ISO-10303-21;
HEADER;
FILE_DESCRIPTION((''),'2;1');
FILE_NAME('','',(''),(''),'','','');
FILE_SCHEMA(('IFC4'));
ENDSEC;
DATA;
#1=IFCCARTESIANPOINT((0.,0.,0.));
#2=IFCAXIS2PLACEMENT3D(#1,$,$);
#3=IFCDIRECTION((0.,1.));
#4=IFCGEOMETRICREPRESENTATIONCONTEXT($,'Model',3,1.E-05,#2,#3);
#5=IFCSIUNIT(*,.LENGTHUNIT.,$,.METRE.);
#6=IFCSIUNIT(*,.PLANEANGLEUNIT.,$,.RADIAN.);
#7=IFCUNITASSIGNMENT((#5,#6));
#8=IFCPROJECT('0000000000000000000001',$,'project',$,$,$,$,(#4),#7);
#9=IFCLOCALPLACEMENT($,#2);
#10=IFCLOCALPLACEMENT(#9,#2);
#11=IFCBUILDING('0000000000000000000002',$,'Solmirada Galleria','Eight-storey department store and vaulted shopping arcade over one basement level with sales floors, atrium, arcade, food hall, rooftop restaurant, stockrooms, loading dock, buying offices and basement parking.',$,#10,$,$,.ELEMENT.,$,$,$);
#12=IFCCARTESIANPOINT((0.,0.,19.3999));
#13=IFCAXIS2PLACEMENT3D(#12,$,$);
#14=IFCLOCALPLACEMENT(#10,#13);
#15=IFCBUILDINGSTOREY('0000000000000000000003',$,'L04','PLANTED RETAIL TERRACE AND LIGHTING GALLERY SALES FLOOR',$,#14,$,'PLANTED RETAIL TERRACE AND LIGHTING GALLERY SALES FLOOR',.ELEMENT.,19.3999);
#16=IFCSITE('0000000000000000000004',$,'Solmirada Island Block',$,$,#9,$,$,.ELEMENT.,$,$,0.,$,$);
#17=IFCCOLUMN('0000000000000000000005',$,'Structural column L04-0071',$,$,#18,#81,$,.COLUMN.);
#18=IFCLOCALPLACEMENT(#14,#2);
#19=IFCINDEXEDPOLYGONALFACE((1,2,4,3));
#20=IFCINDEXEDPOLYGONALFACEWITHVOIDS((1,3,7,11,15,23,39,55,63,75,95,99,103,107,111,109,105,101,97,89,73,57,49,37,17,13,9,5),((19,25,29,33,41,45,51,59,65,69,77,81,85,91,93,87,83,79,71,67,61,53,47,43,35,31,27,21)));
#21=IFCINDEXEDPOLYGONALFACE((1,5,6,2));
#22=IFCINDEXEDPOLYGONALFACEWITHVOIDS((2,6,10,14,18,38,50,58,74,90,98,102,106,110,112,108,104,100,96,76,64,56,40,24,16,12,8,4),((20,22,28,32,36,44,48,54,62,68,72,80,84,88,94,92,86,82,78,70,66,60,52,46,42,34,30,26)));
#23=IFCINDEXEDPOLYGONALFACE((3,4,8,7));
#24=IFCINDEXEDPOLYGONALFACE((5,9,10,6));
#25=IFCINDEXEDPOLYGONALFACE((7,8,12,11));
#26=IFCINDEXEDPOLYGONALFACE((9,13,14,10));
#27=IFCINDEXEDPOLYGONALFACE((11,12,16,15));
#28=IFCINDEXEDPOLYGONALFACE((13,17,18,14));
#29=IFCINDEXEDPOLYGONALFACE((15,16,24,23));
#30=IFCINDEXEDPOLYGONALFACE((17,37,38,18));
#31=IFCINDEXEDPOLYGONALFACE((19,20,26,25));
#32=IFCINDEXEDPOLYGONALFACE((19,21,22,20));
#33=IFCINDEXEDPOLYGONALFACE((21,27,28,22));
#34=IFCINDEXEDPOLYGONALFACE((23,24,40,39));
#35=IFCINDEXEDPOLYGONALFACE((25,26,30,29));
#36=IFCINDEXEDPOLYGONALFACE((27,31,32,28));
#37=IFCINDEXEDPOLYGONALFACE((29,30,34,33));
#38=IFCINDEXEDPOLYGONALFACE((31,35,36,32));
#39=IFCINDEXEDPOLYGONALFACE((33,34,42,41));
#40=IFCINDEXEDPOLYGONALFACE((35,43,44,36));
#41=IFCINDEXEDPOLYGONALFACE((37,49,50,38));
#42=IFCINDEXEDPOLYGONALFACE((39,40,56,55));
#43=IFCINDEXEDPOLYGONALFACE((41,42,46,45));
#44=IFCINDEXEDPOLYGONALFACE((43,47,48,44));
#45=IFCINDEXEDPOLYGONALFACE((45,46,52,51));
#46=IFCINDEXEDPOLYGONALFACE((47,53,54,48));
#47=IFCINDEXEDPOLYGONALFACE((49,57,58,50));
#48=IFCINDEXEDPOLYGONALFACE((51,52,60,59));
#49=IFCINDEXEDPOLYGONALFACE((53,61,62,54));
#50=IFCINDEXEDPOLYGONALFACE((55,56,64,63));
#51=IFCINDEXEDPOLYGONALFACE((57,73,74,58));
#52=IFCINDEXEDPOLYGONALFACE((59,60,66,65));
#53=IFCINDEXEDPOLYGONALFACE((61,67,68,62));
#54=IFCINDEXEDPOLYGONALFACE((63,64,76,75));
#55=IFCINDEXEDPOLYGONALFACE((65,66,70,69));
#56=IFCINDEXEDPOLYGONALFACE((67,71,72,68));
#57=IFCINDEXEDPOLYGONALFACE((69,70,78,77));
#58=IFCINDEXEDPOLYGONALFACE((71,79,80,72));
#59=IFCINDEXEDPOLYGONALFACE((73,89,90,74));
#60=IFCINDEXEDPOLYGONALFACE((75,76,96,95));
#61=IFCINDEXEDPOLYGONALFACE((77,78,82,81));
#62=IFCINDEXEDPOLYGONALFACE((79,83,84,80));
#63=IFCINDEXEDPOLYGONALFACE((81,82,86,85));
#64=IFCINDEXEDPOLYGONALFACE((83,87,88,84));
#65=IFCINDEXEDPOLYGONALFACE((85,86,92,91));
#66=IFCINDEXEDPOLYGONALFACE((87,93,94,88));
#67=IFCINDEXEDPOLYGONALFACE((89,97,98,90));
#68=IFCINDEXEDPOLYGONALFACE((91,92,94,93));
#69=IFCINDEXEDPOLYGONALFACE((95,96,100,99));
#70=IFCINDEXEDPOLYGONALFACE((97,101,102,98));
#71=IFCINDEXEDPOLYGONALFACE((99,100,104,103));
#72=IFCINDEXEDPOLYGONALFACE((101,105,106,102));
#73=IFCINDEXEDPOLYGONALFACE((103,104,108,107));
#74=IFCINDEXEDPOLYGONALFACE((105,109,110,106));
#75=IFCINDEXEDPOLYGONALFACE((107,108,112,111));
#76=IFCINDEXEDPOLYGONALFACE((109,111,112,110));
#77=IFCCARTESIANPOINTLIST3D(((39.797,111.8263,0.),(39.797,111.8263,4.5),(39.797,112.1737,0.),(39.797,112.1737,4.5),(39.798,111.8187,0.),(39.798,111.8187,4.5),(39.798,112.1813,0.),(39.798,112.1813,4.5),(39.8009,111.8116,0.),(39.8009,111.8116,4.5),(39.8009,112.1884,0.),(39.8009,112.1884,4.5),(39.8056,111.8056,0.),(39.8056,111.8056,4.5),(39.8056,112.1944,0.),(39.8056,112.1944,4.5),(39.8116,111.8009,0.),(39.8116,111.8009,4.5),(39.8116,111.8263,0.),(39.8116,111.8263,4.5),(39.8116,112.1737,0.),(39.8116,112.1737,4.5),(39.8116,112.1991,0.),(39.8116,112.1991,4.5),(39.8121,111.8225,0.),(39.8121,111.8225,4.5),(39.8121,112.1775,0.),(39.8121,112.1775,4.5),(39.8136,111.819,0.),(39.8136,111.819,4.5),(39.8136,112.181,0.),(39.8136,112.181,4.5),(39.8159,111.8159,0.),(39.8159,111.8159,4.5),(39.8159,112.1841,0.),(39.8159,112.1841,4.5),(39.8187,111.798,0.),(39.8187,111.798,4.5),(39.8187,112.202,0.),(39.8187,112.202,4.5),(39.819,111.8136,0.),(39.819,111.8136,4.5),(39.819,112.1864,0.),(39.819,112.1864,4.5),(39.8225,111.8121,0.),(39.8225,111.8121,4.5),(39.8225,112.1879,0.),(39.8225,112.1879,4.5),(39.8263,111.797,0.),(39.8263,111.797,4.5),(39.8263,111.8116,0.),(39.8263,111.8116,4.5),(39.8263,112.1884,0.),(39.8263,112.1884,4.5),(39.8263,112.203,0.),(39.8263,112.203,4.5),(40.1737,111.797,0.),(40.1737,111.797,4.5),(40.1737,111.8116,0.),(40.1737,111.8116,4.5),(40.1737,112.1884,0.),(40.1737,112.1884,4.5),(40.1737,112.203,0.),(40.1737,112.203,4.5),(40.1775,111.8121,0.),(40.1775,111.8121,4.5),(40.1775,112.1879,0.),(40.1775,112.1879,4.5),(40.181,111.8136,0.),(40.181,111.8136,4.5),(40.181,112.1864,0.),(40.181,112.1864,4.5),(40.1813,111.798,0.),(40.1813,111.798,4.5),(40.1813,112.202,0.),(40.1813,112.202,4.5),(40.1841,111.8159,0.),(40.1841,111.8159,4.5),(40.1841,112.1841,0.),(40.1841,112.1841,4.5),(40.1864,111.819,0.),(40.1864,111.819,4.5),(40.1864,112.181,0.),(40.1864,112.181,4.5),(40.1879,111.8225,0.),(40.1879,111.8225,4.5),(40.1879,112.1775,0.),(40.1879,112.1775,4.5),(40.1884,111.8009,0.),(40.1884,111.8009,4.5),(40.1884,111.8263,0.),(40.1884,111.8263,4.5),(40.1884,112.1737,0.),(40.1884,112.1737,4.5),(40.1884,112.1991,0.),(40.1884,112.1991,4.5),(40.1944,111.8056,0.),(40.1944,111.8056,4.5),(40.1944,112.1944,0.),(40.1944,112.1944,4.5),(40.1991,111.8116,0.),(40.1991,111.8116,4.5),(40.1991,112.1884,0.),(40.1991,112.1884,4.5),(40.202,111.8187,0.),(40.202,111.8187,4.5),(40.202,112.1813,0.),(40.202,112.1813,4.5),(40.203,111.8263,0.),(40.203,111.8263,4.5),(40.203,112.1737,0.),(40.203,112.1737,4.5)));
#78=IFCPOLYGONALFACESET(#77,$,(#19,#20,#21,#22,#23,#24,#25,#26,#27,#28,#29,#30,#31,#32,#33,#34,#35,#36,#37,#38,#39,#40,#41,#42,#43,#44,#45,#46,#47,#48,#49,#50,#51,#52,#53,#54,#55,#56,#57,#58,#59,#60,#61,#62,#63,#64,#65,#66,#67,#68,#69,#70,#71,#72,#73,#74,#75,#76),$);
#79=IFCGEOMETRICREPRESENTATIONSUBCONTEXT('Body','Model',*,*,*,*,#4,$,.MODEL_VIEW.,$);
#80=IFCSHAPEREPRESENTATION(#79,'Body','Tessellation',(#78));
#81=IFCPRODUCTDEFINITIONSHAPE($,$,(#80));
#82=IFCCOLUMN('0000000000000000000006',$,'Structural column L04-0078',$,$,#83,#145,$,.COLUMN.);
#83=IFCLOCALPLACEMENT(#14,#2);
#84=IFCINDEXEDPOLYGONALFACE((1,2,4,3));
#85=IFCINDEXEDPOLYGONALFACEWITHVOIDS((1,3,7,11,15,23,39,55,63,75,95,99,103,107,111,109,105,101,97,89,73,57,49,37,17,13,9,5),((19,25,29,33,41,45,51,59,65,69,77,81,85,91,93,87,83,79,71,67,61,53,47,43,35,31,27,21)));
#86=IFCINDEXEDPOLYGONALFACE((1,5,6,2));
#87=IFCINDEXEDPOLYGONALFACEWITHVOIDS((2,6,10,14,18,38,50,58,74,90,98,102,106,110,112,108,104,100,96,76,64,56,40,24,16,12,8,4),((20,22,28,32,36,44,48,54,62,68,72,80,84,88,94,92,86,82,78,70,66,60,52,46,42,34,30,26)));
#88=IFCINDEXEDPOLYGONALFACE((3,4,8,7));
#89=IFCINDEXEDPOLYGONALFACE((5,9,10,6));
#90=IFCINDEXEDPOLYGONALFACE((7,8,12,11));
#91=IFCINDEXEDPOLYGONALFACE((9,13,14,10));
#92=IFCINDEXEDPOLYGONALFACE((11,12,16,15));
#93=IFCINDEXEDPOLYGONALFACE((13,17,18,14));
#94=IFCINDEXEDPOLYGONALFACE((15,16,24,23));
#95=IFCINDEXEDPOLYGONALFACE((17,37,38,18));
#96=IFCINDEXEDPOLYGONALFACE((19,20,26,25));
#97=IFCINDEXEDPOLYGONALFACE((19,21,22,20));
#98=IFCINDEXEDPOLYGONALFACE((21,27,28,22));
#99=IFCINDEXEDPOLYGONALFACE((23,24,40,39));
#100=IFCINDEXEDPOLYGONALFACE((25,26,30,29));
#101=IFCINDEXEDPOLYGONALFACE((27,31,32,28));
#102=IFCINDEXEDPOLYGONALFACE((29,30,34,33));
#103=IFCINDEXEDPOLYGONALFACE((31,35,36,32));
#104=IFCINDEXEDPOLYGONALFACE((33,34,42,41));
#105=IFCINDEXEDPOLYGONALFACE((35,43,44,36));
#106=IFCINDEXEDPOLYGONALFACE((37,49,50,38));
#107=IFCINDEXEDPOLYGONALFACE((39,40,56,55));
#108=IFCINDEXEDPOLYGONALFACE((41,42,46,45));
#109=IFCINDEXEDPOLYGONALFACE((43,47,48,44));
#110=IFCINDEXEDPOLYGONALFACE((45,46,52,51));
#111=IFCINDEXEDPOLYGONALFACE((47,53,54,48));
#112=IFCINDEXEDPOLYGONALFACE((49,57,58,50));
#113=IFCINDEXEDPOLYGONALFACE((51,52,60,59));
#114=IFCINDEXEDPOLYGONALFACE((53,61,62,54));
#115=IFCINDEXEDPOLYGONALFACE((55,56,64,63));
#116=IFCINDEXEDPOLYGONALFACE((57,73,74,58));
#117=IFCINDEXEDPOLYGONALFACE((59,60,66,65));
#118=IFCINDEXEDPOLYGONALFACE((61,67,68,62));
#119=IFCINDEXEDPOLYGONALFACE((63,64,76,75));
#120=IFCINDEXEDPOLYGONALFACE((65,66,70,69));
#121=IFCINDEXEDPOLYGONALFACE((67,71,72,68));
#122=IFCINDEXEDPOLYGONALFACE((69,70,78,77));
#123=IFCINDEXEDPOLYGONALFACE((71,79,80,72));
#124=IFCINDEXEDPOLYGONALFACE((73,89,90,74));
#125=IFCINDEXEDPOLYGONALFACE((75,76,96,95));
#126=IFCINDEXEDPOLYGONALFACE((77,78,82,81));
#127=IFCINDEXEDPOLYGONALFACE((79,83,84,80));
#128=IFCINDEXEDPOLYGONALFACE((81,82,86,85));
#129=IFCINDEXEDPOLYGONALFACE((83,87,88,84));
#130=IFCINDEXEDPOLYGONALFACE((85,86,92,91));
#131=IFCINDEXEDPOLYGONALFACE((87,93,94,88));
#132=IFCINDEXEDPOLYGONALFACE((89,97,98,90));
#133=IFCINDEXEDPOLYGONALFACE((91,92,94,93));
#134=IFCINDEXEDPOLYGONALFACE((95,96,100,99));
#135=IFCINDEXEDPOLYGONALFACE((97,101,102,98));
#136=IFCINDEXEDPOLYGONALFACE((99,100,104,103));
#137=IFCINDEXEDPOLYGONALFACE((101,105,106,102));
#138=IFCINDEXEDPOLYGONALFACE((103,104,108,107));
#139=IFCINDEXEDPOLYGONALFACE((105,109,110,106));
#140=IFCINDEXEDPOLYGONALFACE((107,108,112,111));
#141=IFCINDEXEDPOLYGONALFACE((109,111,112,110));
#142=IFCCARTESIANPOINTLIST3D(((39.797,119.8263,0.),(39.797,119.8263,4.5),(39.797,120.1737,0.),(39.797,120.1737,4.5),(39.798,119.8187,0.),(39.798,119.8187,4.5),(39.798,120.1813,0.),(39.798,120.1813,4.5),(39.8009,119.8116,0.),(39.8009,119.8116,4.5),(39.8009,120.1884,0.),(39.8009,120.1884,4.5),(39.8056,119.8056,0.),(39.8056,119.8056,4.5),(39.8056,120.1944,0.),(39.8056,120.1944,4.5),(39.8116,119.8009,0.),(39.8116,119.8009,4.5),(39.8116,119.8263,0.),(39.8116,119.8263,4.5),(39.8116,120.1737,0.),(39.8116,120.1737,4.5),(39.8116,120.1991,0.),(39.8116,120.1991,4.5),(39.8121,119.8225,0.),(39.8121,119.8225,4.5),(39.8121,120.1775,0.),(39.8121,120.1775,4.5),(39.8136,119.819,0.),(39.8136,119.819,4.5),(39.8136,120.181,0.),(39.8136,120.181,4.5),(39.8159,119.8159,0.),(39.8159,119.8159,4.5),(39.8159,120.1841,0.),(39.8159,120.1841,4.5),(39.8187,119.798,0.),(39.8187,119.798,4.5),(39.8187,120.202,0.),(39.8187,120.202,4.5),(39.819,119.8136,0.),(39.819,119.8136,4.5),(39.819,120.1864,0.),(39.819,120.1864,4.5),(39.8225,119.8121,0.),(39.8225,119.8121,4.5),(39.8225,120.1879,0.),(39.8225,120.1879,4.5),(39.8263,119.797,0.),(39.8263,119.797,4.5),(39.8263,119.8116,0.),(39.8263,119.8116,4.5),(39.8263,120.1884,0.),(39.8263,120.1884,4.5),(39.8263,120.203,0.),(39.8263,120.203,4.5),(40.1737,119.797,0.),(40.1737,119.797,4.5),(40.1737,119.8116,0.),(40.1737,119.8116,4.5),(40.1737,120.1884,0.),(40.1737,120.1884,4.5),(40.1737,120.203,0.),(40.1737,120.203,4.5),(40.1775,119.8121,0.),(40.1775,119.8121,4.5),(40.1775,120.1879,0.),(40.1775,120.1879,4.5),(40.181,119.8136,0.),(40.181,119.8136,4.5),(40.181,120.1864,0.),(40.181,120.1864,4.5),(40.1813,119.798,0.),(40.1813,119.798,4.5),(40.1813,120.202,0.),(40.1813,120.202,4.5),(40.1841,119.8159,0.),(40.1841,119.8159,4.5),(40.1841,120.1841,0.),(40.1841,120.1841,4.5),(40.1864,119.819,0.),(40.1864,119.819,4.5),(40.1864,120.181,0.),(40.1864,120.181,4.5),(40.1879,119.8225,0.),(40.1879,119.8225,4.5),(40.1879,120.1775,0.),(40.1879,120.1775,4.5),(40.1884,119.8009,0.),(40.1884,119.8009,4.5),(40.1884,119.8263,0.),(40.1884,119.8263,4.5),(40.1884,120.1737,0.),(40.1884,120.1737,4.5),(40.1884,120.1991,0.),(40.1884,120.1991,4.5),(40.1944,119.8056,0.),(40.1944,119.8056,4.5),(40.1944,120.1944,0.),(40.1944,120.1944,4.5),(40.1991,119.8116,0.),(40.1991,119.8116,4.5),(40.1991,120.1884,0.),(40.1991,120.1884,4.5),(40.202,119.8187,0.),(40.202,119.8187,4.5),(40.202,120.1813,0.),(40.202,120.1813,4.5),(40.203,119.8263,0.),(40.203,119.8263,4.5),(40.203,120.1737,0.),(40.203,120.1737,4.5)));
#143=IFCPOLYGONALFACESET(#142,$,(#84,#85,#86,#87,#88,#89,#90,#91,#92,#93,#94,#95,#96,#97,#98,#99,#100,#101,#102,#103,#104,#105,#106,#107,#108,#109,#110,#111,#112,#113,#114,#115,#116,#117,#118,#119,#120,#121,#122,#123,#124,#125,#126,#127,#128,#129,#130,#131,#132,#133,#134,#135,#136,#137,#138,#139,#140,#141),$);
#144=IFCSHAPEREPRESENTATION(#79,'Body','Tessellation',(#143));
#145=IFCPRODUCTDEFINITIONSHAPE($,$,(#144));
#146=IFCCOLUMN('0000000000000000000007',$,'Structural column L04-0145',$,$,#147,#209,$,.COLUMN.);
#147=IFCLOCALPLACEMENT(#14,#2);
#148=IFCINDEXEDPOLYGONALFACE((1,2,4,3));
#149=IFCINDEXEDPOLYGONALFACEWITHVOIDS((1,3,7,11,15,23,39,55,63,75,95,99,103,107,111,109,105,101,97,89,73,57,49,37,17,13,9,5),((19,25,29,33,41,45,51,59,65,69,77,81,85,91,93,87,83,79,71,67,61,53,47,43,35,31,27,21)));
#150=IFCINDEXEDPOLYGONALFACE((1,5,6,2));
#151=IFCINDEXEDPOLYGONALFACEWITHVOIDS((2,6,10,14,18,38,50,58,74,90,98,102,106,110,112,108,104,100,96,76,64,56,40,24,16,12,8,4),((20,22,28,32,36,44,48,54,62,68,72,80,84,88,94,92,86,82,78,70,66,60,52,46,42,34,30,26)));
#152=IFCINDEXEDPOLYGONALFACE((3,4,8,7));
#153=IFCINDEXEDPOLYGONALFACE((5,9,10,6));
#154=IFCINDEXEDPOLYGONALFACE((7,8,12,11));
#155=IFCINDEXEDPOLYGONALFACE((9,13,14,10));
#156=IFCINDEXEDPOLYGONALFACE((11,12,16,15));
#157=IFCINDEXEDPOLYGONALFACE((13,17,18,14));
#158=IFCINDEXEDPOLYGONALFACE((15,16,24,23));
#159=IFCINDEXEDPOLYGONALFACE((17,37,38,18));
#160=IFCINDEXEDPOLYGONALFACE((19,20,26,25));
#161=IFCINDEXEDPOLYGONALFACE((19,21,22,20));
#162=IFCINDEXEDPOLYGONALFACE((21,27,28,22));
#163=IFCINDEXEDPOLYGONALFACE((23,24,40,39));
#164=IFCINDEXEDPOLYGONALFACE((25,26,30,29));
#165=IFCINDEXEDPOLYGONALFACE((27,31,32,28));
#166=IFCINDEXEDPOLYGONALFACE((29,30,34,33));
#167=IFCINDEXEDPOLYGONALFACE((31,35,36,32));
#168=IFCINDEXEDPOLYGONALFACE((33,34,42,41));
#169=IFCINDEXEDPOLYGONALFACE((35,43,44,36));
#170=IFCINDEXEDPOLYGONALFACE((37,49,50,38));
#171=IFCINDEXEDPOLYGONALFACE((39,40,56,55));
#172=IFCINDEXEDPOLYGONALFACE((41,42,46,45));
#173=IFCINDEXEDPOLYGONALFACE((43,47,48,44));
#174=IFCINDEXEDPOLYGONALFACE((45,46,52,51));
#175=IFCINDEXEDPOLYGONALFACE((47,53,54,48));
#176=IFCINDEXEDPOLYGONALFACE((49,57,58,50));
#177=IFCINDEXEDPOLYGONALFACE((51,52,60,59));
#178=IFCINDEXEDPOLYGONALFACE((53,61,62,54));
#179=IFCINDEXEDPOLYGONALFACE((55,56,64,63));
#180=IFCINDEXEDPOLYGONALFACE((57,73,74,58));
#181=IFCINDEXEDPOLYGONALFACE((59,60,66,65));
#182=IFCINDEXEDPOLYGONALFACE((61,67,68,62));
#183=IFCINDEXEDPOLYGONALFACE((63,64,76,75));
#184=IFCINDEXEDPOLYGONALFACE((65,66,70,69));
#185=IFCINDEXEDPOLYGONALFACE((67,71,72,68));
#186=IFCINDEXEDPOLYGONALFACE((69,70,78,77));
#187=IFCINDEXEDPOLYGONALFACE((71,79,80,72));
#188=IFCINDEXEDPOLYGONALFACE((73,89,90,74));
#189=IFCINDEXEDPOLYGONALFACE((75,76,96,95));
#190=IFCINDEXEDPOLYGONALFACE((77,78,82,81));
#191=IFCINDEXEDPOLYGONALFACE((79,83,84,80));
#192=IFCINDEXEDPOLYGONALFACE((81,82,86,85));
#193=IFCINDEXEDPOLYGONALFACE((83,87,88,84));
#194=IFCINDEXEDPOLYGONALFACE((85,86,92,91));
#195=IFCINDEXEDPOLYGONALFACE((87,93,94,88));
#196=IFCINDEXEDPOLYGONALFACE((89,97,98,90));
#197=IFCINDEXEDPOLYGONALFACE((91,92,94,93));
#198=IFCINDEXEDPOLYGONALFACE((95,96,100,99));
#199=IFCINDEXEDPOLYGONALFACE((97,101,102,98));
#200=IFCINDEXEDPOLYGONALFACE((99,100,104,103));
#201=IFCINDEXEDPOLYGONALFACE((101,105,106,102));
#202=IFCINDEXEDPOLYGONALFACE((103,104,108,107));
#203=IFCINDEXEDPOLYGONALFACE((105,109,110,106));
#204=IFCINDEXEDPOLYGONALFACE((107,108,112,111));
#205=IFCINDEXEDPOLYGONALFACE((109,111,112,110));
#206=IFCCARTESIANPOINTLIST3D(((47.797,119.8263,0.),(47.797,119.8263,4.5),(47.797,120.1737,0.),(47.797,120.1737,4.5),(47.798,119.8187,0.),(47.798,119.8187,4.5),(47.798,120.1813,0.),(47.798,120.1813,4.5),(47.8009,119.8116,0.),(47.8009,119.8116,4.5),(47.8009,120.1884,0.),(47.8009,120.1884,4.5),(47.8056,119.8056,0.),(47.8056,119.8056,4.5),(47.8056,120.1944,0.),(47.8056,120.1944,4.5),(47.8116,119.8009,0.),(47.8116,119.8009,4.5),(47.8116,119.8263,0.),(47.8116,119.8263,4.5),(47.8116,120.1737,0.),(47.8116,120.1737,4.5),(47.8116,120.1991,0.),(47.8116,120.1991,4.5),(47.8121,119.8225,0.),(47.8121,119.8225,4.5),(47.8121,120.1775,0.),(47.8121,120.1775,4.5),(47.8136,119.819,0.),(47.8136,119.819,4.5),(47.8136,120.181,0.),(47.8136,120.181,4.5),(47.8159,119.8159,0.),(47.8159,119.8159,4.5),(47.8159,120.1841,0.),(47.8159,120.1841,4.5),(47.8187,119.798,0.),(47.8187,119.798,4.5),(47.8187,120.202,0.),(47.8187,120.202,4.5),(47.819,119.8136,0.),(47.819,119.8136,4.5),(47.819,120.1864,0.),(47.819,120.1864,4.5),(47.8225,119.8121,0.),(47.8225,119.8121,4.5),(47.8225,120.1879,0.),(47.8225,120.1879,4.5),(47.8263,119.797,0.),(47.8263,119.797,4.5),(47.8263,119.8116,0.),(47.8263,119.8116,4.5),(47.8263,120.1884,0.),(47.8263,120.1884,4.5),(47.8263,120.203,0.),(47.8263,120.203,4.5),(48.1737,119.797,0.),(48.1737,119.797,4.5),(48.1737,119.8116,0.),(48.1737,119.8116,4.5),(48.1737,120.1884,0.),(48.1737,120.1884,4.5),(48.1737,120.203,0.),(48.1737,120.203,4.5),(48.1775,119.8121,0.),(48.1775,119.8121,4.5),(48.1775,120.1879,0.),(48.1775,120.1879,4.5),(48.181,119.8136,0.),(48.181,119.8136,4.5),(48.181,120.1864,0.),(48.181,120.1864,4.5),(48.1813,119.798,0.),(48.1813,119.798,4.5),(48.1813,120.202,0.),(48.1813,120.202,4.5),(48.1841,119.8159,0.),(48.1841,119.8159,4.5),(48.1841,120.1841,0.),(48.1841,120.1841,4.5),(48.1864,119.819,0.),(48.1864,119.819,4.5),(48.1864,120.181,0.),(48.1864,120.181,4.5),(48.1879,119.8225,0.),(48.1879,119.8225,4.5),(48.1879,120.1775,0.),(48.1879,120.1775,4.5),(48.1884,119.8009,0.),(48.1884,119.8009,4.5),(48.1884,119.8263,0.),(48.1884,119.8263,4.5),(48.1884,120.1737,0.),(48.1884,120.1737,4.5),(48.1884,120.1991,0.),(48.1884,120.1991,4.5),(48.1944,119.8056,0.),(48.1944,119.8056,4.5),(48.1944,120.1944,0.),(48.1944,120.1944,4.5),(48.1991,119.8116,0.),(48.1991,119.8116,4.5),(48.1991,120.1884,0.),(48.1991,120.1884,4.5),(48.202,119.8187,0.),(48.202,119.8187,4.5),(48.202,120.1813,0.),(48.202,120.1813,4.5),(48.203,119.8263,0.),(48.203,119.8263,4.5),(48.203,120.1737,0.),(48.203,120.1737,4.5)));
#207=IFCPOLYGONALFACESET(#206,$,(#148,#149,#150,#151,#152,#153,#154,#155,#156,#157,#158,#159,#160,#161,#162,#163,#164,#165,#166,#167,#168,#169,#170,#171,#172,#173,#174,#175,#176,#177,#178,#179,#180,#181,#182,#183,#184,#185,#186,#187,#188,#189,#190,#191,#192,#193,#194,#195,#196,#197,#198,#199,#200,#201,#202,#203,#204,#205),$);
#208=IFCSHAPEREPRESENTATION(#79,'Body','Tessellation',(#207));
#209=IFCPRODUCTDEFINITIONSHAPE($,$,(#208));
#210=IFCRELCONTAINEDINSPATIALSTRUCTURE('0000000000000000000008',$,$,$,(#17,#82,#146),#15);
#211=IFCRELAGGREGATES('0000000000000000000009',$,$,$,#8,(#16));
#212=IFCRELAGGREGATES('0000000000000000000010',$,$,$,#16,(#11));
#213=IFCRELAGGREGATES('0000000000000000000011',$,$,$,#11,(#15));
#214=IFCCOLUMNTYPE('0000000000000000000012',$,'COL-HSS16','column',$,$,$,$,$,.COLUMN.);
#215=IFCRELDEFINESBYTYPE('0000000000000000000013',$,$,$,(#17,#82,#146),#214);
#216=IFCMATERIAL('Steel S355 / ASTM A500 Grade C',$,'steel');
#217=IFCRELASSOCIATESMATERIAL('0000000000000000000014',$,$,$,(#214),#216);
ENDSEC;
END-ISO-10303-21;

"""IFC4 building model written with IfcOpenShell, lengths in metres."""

from ifc_helpers import new_model, si_unit, direction, frame, origin, origin_2d, place, context, subcontext, project, spatial, hollow_rectangle, extrude, material, material_profile, profile_set, type_object, element, save


model = new_model("IFC4")

# Units and contexts
model_context = context("Model", 3, precision=1e-05, world=origin(), true_north=direction((0.0, 1.0)))
body_context = subcontext(model_context, "Body", "Model", "MODEL_VIEW")
ifc_project = project(units=[si_unit("LENGTHUNIT", "METRE"), si_unit("PLANEANGLEUNIT", "RADIAN")], contexts=[model_context])

# Site, building, storey
site_placement = place(None, origin())
site = spatial("IfcSite", under=ifc_project, at=site_placement, Name="Solmirada Island Block", CompositionType="ELEMENT", RefElevation=0.0)
building_placement = place(site_placement, origin())
building = spatial("IfcBuilding", under=site, at=building_placement, Name="Solmirada Galleria", Description="Eight-storey department store and vaulted shopping arcade over one basement level with sales floors, atrium, arcade, food hall, rooftop restaurant, stockrooms, loading dock, buying offices and basement parking.", CompositionType="ELEMENT")
storey_placement = place(building_placement, frame((0.0, 0.0, 19.3999)))
storey = spatial("IfcBuildingStorey", under=building, at=storey_placement, Name="L04", Description="PLANTED RETAIL TERRACE AND LIGHTING GALLERY SALES FLOOR", LongName="PLANTED RETAIL TERRACE AND LIGHTING GALLERY SALES FLOOR", CompositionType="ELEMENT", Elevation=19.3999)

# Columns
ifc_material_1 = material(Name="Steel S355 / ASTM A500 Grade C", Category="steel")
ifc_material_profile_1 = material_profile(ifc_material_1, hollow_rectangle(XDim=0.406, YDim=0.406, WallThickness=0.0146, InnerFilletRadius=0.0146, OuterFilletRadius=0.0293, at=origin_2d()), Name="HSS16X16X5/8")
ifc_profile_set_1 = profile_set([ifc_material_profile_1], Name="Steel S355 / ASTM A500 Grade C")
column_type_1 = type_object("IfcColumnType", Name="COL-HSS16", Description="column", PredefinedType="COLUMN", material=ifc_profile_set_1)
for number, where, z_axis, x_axis, name in (
    (1, (40.0, 112.0, 0.0), (0.0, 0.0, 1.0), (1.0, 0.0, 0.0), "Structural column L04-0071"),
    (2, (40.0, 120.0, 0.0), (0.0, 0.0, 1.0), (1.0, 0.0, 0.0), "Structural column L04-0078"),
    (3, (48.0, 120.0, 0.0), (0.0, 0.0, 1.0), (1.0, 0.0, 0.0), "Structural column L04-0145"),
):
    element("IfcColumn", number, at=place(storey_placement, frame(where, z_axis=z_axis, x_axis=x_axis)), inside=storey, type_object=column_type_1, Name=name, PredefinedType="COLUMN", context=body_context, shape_type="SweptSolid", body=[
        extrude(hollow_rectangle(XDim=0.406, YDim=0.406, WallThickness=0.0146, InnerFilletRadius=0.0146, OuterFilletRadius=0.0293, at=origin_2d()), origin(), (0.0, 0.0, 1.0), 4.5),
    ])

save(model, "model.ifc")
